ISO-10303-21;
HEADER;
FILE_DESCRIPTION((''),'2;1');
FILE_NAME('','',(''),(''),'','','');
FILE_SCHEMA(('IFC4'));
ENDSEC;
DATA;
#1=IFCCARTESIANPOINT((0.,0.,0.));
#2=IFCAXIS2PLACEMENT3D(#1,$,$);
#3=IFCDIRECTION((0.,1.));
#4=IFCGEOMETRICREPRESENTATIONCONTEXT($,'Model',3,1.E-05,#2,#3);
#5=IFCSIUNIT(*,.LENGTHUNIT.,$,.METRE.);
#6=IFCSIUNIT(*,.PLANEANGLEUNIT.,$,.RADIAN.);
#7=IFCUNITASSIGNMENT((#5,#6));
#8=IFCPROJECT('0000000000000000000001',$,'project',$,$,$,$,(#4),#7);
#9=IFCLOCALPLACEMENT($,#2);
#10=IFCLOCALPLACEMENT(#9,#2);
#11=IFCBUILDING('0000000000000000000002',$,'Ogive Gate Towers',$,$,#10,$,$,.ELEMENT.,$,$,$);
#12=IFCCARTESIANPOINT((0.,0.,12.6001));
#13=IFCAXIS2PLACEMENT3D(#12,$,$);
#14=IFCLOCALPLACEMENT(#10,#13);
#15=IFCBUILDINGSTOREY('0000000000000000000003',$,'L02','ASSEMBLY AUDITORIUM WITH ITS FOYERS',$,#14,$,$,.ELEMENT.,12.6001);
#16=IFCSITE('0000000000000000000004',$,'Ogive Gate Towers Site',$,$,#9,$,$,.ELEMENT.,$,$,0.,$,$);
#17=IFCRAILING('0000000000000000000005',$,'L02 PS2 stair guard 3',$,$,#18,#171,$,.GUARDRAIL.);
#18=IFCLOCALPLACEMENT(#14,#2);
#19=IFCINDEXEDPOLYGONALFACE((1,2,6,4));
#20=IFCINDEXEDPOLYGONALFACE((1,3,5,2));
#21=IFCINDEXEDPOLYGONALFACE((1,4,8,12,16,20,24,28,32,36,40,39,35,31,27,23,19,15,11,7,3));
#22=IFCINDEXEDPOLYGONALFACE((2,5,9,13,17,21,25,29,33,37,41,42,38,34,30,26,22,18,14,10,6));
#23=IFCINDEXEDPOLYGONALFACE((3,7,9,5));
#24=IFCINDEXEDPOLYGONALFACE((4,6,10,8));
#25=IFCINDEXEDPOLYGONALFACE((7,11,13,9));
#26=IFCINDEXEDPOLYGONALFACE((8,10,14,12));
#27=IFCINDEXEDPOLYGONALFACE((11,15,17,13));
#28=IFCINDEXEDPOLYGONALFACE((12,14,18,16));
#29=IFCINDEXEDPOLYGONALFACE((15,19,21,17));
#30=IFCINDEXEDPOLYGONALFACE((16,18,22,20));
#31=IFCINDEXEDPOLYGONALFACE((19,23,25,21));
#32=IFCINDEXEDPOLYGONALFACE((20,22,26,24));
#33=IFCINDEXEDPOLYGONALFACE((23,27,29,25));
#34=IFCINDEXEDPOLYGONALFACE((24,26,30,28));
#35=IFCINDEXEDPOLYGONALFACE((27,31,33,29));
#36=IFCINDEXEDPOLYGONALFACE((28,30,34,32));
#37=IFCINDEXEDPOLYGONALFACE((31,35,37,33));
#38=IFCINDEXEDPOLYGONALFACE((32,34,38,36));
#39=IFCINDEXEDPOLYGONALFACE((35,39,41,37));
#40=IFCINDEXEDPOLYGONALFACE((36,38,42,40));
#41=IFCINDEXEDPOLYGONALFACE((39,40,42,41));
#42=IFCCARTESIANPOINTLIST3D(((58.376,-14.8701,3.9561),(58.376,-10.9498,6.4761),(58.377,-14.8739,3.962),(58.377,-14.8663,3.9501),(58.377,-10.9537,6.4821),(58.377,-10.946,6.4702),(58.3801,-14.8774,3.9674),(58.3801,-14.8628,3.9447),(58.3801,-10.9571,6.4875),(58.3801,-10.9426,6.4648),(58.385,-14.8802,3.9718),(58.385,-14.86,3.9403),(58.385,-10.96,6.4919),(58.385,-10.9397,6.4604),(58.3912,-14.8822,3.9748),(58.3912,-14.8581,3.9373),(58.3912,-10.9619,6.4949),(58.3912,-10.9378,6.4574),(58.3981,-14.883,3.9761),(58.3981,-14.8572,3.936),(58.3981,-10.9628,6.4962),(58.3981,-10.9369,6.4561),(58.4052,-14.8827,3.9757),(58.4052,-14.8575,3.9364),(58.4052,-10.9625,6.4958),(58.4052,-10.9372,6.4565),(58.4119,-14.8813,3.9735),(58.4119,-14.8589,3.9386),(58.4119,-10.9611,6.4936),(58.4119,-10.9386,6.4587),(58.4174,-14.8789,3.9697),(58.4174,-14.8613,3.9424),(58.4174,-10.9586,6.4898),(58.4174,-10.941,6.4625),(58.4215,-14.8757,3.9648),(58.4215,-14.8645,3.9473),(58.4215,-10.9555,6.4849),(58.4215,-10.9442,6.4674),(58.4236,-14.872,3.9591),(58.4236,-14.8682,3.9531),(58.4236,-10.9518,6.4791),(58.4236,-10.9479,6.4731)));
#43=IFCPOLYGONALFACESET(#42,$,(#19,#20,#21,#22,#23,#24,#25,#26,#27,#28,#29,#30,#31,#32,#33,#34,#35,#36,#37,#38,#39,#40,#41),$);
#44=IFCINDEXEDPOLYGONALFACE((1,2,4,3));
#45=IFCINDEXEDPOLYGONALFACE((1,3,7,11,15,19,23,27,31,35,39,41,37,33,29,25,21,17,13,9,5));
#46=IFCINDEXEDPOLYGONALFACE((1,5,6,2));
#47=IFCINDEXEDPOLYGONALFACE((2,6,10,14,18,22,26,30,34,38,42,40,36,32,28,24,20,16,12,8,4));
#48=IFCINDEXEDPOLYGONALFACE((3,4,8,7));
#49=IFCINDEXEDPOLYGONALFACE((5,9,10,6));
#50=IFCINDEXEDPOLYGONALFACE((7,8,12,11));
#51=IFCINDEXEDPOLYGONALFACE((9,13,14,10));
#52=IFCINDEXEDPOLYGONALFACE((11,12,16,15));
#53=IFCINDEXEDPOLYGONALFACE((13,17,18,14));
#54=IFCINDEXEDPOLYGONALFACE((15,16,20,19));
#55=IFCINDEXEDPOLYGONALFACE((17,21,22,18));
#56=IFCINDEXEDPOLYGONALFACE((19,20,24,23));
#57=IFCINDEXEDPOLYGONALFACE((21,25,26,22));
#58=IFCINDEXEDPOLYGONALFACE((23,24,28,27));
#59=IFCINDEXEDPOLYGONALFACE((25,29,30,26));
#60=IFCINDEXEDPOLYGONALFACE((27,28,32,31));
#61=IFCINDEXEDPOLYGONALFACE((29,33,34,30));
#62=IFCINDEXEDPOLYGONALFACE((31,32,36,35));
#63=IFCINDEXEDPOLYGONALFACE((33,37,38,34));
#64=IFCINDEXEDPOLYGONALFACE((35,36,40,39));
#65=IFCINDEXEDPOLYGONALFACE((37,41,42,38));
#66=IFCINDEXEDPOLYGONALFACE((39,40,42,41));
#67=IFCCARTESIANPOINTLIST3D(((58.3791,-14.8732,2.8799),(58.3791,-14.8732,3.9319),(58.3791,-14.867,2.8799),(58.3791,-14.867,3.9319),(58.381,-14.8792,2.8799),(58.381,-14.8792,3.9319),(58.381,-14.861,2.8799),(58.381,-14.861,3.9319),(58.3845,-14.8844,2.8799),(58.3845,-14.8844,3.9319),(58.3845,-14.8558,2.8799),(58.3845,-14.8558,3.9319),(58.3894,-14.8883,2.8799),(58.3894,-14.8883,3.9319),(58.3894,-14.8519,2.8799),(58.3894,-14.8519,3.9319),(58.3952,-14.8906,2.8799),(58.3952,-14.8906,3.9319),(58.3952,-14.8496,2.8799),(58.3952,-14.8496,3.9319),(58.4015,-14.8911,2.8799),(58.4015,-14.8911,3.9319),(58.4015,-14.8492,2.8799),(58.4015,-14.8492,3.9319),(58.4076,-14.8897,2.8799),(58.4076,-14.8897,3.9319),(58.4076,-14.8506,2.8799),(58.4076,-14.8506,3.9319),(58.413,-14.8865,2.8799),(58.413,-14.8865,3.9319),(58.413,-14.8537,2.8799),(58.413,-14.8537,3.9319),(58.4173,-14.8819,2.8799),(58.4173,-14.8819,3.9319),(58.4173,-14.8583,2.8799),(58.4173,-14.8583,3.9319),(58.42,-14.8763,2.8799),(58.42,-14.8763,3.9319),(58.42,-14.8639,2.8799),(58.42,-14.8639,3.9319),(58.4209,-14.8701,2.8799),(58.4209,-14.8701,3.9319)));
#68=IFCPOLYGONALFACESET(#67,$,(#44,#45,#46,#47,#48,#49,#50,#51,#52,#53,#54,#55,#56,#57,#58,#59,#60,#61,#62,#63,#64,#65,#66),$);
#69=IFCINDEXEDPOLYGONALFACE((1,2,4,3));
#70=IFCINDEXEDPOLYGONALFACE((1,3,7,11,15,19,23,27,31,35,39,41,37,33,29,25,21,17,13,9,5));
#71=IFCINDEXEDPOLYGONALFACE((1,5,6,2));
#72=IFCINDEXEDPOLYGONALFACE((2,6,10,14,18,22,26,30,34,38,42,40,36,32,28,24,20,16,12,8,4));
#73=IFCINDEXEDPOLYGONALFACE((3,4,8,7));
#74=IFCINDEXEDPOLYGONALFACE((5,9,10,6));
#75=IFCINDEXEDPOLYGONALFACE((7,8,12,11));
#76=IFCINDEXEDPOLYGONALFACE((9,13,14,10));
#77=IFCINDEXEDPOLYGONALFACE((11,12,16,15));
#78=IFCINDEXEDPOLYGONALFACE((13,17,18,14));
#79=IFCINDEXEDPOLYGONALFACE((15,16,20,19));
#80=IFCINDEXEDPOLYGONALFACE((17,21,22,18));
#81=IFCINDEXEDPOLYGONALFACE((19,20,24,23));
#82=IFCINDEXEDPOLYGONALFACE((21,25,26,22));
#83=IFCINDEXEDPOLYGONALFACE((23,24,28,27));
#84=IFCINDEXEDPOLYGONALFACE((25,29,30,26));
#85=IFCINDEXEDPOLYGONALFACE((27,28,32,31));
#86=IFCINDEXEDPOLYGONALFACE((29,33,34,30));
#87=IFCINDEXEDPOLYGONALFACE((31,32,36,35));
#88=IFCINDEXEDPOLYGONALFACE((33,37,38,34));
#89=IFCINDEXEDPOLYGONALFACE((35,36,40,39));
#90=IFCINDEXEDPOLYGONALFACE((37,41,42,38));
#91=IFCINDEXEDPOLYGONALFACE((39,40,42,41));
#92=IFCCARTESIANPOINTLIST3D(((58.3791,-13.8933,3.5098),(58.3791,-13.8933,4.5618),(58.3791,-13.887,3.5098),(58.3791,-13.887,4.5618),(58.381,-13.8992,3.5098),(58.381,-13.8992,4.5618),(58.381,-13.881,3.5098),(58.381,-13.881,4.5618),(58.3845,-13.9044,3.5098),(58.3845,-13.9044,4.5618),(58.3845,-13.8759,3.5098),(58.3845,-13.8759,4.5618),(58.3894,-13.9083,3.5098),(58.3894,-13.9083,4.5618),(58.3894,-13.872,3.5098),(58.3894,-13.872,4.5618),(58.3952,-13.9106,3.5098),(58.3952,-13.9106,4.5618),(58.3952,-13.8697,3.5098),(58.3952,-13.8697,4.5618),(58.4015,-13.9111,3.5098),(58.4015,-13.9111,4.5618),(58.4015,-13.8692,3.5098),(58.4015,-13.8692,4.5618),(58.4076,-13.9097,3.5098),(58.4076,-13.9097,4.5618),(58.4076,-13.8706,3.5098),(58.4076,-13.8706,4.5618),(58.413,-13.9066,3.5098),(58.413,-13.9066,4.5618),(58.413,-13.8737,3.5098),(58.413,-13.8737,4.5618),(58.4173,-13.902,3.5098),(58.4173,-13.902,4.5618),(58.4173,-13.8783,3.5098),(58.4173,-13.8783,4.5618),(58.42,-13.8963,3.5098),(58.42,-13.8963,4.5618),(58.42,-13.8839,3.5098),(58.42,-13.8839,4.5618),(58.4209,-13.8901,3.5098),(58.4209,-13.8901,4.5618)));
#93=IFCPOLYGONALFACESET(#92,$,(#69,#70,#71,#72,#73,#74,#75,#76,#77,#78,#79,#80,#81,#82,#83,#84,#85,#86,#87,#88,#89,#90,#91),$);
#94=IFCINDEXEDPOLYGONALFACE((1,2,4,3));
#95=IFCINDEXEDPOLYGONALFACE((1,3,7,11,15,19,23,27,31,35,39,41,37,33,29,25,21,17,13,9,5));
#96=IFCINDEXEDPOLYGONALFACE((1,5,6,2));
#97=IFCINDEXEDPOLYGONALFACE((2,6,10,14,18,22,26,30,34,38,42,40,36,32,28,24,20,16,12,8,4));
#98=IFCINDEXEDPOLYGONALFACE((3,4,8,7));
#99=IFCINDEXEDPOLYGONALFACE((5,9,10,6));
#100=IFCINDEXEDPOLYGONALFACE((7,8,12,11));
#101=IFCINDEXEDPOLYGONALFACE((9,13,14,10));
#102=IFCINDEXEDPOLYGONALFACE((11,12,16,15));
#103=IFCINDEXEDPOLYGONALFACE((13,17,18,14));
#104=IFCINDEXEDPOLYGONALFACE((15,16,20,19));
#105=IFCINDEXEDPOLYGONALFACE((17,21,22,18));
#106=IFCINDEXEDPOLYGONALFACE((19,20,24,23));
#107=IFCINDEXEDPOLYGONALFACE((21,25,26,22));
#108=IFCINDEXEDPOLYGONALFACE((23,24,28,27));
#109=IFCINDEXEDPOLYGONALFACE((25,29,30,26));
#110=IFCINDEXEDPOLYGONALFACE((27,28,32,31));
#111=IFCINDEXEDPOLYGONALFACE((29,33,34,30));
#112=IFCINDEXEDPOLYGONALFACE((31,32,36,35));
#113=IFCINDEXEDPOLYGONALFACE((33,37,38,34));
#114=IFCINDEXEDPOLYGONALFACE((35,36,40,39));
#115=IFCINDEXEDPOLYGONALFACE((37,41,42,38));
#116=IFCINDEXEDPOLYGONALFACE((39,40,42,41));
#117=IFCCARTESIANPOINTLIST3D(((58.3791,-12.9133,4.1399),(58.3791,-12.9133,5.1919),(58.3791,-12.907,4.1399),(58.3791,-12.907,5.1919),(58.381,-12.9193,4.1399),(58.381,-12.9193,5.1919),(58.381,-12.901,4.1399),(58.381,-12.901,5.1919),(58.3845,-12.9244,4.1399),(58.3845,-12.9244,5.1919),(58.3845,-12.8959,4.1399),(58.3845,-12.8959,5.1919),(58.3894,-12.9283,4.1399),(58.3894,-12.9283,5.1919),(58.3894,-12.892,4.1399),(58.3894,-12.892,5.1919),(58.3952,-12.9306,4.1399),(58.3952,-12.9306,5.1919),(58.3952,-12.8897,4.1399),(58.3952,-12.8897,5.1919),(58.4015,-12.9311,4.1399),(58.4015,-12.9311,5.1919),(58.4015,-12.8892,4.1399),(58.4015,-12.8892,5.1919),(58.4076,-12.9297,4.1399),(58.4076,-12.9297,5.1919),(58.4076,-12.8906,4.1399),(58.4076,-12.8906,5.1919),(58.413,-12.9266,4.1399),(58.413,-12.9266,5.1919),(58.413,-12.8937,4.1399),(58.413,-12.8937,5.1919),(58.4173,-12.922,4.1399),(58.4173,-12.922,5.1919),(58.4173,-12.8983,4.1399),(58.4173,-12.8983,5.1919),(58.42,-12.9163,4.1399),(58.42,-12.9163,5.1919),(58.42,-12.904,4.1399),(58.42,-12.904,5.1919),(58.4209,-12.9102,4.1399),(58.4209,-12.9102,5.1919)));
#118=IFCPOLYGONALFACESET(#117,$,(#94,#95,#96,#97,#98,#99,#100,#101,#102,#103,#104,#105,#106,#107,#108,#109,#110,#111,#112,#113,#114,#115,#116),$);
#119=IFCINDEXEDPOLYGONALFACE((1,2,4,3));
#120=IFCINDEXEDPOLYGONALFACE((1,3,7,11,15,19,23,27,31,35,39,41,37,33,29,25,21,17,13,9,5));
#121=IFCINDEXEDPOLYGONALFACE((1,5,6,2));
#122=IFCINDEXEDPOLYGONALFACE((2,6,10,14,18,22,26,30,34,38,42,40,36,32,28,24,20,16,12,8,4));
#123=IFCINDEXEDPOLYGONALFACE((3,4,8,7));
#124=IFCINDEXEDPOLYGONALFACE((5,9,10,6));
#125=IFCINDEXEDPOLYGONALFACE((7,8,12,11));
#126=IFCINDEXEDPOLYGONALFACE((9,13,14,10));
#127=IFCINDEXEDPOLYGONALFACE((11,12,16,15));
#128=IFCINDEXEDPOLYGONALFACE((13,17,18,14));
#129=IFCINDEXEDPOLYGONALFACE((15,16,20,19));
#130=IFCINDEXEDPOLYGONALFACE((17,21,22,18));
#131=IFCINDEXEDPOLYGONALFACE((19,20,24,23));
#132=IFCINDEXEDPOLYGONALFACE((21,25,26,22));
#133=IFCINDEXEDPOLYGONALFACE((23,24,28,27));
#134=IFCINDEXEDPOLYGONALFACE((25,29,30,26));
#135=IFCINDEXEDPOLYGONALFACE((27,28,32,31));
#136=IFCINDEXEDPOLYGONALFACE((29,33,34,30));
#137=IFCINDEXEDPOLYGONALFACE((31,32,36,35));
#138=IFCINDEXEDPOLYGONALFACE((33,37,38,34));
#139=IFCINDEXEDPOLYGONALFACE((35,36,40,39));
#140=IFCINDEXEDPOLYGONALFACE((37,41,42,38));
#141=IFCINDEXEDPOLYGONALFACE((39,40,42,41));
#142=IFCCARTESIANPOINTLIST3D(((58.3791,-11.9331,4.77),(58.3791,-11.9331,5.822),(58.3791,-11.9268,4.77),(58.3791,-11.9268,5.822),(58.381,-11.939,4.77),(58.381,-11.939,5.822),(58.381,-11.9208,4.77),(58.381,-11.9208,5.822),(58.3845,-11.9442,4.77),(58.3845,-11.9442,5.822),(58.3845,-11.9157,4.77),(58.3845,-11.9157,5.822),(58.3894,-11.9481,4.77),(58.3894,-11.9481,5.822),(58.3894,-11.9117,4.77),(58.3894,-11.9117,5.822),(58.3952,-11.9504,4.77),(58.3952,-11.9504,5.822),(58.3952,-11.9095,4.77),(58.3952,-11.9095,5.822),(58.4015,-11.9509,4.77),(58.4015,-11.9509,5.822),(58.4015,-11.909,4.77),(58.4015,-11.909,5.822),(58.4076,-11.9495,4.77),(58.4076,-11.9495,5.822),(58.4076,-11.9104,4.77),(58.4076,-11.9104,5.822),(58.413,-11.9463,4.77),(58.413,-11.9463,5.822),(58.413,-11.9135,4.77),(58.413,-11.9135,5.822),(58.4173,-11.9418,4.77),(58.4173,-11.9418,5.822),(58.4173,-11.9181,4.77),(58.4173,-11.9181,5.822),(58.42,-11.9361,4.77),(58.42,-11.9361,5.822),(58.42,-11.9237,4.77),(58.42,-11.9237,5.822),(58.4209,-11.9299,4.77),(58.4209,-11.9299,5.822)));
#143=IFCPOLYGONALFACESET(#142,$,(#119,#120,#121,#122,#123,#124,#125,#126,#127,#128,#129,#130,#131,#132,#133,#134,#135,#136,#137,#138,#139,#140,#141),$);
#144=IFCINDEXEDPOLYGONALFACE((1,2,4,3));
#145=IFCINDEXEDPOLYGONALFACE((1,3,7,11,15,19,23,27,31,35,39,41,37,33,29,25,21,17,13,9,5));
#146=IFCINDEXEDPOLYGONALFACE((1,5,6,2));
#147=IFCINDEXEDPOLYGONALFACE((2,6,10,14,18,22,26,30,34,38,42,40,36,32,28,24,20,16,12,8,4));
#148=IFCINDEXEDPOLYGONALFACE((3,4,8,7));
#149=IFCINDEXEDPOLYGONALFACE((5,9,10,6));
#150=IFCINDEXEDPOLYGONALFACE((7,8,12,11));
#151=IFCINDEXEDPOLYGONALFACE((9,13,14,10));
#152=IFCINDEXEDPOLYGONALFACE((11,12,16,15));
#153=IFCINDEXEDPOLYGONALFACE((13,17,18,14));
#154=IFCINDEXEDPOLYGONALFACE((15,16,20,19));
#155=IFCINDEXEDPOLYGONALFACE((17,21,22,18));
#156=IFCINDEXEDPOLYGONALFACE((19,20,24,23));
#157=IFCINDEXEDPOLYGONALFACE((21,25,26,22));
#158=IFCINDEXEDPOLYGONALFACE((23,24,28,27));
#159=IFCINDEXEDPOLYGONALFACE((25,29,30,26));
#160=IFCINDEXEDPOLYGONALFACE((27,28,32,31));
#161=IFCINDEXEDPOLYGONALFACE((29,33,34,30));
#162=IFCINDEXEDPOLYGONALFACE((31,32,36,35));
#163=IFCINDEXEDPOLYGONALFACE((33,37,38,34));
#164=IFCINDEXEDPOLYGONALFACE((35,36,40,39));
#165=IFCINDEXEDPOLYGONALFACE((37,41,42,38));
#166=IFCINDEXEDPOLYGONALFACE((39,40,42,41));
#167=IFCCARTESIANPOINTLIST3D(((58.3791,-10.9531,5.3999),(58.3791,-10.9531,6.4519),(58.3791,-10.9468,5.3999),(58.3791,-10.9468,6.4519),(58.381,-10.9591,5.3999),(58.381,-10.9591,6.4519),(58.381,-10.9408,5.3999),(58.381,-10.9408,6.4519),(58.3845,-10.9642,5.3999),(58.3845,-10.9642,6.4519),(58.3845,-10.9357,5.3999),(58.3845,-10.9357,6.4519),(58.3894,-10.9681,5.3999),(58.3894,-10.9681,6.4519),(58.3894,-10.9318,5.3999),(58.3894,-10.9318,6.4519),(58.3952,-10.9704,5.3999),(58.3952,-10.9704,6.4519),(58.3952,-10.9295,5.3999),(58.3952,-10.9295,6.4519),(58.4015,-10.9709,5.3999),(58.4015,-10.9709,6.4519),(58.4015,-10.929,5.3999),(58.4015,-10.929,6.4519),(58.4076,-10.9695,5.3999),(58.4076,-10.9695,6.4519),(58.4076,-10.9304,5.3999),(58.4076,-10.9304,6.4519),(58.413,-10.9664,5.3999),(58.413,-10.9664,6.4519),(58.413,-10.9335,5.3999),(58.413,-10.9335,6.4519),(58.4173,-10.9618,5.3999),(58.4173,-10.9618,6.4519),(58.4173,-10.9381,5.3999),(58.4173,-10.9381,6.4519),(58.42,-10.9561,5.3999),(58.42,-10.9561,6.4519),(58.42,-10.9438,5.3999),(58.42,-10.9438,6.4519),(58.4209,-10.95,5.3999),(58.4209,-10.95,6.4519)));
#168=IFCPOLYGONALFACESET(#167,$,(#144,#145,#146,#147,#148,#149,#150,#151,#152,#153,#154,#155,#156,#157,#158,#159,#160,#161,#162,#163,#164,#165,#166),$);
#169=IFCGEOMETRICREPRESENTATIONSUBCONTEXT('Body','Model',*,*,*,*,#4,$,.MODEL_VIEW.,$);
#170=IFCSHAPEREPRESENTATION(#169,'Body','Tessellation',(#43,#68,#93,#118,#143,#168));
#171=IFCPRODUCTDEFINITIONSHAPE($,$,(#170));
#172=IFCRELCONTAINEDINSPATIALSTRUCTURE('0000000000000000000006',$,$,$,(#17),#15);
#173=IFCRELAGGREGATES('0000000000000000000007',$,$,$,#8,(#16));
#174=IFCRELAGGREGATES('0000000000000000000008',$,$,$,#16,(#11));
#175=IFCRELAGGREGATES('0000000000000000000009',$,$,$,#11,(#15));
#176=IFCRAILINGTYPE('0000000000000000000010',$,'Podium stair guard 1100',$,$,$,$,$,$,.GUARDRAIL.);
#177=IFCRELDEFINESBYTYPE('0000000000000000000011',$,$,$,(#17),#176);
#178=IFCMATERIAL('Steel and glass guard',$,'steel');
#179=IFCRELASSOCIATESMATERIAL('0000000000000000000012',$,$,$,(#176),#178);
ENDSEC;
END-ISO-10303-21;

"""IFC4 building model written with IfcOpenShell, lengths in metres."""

from ifc_helpers import new_model, si_unit, direction, frame, origin, origin_2d, place, context, subcontext, project, spatial, circle, extrude, material, type_object, element, save


model = new_model("IFC4")

# Units and contexts
model_context = context("Model", 3, precision=1e-05, world=origin(), true_north=direction((0.0, 1.0)))
body_context = subcontext(model_context, "Body", "Model", "MODEL_VIEW")
ifc_project = project(units=[si_unit("LENGTHUNIT", "METRE"), si_unit("PLANEANGLEUNIT", "RADIAN")], contexts=[model_context])

# Site, building, storey
site_placement = place(None, origin())
site = spatial("IfcSite", under=ifc_project, at=site_placement, Name="Ogive Gate Towers Site", CompositionType="ELEMENT", RefElevation=0.0)
building_placement = place(site_placement, origin())
building = spatial("IfcBuilding", under=site, at=building_placement, Name="Ogive Gate Towers", CompositionType="ELEMENT")
storey_placement = place(building_placement, frame((0.0, 0.0, 12.6001)))
storey = spatial("IfcBuildingStorey", under=building, at=storey_placement, Name="L02", Description="ASSEMBLY AUDITORIUM WITH ITS FOYERS", CompositionType="ELEMENT", Elevation=12.6001)

# Railing
ifc_material_1 = material(Name="Steel and glass guard", Category="steel")
railing_type_1 = type_object("IfcRailingType", Name="Podium stair guard 1100", PredefinedType="GUARDRAIL", material=ifc_material_1)
railing_1_placement = place(storey_placement, frame((58.3999, -14.8701, 2.8799)))
element("IfcRailing", 1, at=railing_1_placement, inside=storey, type_object=railing_type_1, Name="L02 PS2 stair guard 3", PredefinedType="GUARDRAIL", context=body_context, shape_type="SweptSolid", body=[
    extrude(circle(Radius=0.0239, at=origin_2d()), frame((0.0, 0.0, 1.0762), z_axis=(0.0, 0.841187, 0.540744), x_axis=(-1.0, 0.0, 0.0)), (0.0, 0.0, 1.0), 4.6604),
    extrude(circle(Radius=0.021, at=origin_2d()), origin(), (0.0, 0.0, 1.0), 1.052),
    extrude(circle(Radius=0.021, at=origin_2d()), frame((0.0, 0.98, 0.6299)), (0.0, 0.0, 1.0), 1.052),
    extrude(circle(Radius=0.021, at=origin_2d()), frame((0.0, 1.96, 1.26)), (0.0, 0.0, 1.0), 1.052),
    extrude(circle(Radius=0.021, at=origin_2d()), frame((0.0, 2.9402, 1.8901)), (0.0, 0.0, 1.0), 1.052),
    extrude(circle(Radius=0.021, at=origin_2d()), frame((0.0, 3.9202, 2.52)), (0.0, 0.0, 1.0), 1.052),
])

save(model, "model.ifc")
